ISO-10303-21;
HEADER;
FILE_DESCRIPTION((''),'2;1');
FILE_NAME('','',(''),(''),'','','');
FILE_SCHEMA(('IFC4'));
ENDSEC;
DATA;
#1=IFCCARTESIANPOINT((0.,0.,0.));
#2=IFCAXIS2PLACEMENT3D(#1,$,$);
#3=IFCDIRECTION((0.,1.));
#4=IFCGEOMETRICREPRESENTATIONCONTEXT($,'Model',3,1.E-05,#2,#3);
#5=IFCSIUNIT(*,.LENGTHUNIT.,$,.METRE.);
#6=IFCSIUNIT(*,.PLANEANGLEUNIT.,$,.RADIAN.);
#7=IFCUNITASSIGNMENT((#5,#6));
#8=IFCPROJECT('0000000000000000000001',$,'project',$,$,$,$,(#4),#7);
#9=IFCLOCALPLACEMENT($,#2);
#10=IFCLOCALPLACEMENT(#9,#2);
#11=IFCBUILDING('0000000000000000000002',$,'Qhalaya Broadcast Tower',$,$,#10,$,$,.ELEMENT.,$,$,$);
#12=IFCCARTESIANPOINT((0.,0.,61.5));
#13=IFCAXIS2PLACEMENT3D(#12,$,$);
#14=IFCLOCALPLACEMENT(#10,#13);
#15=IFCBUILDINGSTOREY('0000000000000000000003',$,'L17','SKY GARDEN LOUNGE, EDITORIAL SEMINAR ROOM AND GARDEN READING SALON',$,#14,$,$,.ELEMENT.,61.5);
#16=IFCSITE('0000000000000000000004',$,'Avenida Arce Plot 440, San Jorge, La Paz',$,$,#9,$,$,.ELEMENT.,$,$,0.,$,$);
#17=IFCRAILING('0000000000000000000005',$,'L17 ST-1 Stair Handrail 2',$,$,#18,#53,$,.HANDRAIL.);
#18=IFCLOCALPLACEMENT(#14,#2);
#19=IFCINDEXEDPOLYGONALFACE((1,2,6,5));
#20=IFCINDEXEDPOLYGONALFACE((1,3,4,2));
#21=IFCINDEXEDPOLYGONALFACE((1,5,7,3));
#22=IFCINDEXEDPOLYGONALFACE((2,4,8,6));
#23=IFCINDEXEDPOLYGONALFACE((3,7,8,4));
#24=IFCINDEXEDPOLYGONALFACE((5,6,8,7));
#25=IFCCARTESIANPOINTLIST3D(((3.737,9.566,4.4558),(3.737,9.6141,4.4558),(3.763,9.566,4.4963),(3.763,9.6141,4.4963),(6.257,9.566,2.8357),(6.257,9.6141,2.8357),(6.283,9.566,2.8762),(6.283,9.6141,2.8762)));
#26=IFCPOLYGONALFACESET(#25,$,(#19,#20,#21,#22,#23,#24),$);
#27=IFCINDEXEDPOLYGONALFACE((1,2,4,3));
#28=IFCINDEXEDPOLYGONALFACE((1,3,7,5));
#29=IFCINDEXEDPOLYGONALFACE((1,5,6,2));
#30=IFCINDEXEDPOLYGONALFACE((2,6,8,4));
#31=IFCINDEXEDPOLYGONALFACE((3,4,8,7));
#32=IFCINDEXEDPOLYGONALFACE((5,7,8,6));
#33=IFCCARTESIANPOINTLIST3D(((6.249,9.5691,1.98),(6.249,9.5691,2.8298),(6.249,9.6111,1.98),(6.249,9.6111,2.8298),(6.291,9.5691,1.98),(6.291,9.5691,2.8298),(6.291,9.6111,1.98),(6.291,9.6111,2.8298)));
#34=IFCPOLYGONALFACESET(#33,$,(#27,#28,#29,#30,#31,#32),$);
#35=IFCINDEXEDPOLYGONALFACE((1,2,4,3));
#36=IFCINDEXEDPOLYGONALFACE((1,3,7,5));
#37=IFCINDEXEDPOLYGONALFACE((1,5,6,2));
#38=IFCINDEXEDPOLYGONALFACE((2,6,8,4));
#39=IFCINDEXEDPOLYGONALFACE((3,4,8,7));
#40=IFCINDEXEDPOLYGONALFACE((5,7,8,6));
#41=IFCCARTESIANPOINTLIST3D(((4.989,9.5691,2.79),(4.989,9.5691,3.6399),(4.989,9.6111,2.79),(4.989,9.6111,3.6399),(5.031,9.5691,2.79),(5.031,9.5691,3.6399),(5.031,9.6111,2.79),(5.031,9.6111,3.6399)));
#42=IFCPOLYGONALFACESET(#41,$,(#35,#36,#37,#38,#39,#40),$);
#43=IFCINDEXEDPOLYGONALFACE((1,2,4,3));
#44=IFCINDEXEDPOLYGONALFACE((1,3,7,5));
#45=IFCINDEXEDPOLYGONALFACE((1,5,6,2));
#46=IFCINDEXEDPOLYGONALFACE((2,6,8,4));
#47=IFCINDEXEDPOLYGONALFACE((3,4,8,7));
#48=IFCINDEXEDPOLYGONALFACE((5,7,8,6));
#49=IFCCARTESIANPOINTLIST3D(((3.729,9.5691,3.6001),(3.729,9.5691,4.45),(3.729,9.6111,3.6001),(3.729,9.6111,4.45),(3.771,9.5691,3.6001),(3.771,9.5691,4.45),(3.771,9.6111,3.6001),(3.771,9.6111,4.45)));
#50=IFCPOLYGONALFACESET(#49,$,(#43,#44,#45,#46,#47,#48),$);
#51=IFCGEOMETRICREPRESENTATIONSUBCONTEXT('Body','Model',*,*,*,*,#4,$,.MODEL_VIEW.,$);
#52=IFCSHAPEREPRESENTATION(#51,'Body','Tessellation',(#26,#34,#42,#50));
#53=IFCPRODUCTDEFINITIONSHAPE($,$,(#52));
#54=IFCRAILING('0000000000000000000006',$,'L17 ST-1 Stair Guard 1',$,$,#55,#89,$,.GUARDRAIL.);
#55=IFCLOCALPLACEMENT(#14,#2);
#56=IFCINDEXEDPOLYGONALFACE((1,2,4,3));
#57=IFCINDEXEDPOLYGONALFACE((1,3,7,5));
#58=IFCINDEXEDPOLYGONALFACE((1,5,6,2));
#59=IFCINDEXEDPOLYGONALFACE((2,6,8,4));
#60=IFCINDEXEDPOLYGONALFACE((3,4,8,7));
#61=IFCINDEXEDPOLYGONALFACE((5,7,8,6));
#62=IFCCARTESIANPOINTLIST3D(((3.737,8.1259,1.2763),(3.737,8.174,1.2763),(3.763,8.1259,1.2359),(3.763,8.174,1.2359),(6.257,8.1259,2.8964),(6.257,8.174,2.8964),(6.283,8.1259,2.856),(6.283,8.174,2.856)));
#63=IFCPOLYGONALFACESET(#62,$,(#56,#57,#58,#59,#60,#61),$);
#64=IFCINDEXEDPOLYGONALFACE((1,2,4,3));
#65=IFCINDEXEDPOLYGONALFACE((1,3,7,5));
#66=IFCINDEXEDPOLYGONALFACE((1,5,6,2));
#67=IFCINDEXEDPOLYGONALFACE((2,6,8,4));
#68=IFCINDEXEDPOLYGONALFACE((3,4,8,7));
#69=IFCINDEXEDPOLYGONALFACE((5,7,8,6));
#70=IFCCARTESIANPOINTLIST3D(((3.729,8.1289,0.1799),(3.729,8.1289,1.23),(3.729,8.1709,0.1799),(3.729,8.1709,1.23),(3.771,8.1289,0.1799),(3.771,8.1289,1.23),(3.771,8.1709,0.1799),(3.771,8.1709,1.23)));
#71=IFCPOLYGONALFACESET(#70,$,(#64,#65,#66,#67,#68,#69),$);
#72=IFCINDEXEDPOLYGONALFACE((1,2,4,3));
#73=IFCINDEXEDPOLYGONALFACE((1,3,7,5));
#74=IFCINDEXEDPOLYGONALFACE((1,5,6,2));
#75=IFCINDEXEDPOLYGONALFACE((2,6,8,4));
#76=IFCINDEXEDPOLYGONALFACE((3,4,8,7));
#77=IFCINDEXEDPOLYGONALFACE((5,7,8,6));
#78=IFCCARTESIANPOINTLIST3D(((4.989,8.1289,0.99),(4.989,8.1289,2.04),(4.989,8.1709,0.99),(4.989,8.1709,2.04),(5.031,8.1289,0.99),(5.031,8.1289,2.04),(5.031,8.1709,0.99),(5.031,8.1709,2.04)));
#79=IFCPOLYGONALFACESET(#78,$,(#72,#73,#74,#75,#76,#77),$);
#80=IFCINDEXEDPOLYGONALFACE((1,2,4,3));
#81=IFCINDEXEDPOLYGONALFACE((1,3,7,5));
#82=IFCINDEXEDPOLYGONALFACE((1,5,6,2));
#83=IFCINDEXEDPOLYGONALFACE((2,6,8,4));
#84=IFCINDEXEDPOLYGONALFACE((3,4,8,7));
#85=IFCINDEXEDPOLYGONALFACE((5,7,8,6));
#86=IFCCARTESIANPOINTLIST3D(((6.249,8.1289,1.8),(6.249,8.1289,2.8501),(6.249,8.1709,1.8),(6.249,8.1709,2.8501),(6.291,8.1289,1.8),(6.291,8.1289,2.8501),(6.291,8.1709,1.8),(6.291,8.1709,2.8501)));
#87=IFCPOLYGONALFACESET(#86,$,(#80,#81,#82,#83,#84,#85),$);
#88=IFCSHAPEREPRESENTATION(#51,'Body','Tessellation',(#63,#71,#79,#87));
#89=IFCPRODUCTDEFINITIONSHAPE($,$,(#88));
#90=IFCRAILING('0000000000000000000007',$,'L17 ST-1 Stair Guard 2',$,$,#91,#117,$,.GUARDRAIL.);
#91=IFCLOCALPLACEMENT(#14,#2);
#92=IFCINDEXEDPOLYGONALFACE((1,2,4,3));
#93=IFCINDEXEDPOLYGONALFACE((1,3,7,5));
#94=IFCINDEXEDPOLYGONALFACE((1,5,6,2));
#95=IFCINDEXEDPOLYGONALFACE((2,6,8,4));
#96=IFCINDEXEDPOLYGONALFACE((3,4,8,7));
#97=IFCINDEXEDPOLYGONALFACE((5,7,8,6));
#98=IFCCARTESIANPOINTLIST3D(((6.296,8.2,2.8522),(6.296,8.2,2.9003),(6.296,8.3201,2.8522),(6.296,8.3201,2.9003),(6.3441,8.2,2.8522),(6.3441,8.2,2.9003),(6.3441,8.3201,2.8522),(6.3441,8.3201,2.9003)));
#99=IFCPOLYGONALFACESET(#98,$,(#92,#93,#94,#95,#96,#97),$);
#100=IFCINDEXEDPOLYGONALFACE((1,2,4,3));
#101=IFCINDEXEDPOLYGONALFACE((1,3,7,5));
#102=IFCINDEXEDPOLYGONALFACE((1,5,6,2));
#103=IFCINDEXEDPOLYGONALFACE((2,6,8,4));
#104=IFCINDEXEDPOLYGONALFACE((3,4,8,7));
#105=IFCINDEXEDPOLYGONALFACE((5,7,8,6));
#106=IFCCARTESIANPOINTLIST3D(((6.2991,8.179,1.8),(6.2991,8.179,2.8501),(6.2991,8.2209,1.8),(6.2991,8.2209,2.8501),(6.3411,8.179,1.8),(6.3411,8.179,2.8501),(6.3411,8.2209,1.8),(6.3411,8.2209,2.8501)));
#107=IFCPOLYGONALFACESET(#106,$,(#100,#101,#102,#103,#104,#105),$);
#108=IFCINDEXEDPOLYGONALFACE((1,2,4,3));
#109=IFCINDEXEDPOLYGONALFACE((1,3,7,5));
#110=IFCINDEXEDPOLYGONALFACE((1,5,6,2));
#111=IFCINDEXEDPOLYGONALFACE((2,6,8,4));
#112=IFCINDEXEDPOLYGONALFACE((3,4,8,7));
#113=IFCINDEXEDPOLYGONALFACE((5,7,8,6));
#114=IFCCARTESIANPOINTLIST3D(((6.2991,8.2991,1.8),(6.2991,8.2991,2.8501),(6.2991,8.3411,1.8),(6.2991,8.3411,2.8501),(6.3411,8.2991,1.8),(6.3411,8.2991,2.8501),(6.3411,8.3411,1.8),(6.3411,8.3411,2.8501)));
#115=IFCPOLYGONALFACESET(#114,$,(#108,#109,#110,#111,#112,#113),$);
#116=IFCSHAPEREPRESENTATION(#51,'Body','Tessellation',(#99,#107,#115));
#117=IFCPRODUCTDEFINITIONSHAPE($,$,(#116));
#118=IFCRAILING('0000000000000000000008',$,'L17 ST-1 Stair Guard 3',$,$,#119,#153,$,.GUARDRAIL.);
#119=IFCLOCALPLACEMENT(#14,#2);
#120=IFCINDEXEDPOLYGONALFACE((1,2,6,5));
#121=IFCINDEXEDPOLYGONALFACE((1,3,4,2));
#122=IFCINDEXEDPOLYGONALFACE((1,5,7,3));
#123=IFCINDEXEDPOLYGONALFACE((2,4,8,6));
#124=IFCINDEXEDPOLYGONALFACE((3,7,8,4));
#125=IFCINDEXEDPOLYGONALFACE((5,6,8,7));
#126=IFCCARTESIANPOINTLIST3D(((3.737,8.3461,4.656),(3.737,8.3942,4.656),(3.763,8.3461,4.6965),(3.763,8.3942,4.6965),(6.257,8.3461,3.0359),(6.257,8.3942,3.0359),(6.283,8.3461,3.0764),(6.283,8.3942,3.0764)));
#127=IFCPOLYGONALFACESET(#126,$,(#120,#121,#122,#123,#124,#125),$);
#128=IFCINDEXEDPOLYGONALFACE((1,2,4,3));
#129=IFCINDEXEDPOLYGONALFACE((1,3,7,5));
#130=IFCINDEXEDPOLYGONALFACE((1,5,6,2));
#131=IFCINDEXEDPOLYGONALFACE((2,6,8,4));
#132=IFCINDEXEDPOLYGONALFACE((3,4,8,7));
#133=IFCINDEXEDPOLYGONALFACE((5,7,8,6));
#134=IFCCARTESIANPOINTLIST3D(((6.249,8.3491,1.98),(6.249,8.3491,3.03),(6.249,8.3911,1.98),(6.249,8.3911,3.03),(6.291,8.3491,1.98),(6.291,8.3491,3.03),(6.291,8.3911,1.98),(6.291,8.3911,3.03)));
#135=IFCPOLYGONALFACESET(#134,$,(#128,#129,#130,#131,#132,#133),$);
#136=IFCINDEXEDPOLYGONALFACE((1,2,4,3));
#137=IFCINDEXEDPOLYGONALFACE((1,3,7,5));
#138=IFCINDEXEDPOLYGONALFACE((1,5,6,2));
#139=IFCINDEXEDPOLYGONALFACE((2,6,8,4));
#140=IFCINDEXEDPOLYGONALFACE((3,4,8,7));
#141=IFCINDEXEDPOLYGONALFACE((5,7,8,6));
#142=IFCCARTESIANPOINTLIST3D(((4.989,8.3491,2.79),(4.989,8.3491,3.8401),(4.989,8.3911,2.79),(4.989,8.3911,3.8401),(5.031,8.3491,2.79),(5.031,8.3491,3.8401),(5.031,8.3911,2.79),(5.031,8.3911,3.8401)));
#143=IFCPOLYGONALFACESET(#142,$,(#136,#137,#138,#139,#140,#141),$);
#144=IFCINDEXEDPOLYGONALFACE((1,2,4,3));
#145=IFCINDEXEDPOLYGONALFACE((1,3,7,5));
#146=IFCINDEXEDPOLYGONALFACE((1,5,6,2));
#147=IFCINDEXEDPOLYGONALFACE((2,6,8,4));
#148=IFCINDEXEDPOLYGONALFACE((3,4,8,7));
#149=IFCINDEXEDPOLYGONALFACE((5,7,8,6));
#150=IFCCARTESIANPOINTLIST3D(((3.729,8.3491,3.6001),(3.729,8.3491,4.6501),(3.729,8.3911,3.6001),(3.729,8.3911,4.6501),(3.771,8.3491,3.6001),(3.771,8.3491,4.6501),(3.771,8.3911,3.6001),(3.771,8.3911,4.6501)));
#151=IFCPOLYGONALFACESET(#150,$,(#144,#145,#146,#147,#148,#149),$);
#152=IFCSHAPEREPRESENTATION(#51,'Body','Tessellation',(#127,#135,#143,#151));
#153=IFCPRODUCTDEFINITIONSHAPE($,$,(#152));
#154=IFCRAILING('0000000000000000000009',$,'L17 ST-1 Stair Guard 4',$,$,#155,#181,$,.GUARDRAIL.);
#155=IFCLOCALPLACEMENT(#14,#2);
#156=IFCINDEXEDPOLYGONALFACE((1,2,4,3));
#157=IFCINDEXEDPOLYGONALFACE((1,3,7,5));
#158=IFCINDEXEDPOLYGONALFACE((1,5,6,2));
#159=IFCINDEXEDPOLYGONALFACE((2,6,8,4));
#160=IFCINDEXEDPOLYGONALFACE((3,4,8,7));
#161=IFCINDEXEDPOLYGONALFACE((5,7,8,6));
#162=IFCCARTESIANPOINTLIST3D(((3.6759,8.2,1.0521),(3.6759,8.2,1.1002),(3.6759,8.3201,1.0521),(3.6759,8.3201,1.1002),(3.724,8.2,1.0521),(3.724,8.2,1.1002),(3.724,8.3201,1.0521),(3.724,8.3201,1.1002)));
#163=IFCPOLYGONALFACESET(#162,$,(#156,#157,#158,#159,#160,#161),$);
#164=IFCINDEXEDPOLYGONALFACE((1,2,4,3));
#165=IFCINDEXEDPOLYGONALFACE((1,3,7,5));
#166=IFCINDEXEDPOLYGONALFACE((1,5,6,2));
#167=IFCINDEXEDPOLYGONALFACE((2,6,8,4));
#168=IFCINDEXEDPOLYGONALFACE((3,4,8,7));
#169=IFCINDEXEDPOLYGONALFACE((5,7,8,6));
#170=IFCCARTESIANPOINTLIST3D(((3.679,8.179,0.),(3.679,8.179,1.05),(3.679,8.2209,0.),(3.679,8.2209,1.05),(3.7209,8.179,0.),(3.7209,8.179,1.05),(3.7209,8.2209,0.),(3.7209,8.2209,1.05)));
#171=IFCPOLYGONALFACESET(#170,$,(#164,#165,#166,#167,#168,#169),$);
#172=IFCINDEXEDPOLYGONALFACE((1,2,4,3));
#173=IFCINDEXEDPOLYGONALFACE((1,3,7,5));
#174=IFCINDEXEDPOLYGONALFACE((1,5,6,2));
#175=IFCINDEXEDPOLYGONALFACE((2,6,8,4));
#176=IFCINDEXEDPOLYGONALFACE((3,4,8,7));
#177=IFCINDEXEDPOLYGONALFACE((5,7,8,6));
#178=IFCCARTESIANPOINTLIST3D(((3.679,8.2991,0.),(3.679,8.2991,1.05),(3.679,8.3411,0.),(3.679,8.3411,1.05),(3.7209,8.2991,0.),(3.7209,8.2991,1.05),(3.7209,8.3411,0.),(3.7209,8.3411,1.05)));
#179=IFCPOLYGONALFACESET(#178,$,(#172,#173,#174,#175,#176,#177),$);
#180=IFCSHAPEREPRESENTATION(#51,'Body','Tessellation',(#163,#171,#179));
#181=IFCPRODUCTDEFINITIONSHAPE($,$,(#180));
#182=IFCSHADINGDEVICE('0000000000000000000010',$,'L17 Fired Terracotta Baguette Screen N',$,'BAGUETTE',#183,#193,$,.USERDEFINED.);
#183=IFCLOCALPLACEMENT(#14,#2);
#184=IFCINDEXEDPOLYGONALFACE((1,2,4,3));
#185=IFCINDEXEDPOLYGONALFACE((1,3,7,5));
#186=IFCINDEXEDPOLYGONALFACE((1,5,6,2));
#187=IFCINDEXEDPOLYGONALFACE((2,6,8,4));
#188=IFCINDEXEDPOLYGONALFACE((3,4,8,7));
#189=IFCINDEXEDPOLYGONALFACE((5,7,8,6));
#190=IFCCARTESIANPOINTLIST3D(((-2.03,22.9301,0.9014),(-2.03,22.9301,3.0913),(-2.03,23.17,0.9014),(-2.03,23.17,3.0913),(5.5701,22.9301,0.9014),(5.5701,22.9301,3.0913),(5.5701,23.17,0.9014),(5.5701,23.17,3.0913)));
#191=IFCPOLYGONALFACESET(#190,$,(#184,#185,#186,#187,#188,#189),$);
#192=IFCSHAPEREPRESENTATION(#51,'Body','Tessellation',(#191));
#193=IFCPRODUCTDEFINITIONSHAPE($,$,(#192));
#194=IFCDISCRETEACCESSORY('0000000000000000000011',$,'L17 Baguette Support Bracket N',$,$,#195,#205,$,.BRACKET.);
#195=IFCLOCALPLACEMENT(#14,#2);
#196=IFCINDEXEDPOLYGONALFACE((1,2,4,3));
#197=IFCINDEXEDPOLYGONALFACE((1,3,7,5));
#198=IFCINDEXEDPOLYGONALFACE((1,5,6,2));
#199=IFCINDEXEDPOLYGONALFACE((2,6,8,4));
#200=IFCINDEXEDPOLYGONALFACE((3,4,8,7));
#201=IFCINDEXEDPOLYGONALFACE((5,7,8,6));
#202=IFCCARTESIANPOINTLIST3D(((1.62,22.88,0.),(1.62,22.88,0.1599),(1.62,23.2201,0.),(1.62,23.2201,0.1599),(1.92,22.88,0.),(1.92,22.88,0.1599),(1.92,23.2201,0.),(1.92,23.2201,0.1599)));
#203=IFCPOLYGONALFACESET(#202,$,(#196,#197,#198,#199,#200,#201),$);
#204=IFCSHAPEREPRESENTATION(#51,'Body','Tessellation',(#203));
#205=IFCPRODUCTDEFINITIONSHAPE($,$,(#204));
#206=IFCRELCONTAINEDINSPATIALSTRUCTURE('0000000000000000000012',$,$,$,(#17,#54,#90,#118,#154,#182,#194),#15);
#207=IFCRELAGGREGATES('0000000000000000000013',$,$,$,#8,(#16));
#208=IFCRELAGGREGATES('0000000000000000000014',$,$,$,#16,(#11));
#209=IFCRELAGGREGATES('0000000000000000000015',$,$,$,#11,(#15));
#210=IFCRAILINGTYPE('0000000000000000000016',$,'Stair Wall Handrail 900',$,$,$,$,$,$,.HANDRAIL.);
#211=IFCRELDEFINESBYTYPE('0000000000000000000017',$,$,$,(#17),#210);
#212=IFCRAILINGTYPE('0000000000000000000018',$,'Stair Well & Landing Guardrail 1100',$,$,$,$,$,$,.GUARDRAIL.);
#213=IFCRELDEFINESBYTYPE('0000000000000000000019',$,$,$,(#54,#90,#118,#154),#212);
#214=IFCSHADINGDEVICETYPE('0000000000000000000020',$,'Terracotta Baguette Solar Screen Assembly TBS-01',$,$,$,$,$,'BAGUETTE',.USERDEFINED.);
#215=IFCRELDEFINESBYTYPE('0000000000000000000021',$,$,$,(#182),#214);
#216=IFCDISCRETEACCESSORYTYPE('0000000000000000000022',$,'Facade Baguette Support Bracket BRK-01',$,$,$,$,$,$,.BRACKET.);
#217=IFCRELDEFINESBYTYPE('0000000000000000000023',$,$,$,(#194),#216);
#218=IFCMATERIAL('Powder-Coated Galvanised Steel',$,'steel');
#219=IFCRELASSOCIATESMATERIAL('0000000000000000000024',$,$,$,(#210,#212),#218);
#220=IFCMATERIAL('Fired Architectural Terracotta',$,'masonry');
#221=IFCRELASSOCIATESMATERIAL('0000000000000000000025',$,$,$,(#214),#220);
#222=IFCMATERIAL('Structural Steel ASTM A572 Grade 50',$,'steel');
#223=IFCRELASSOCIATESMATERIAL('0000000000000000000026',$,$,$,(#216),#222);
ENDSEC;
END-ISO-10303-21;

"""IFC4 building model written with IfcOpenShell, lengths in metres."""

from ifc_helpers import new_model, si_unit, direction, frame, origin, origin_2d, place, context, subcontext, project, spatial, rectangle, extrude, material, type_object, element, save


model = new_model("IFC4")

# Units and contexts
model_context = context("Model", 3, precision=1e-05, world=origin(), true_north=direction((0.0, 1.0)))
body_context = subcontext(model_context, "Body", "Model", "MODEL_VIEW")
ifc_project = project(units=[si_unit("LENGTHUNIT", "METRE"), si_unit("PLANEANGLEUNIT", "RADIAN")], contexts=[model_context])

# Site, building, storey
site_placement = place(None, origin())
site = spatial("IfcSite", under=ifc_project, at=site_placement, Name="Avenida Arce Plot 440, San Jorge, La Paz", CompositionType="ELEMENT", RefElevation=0.0)
building_placement = place(site_placement, origin())
building = spatial("IfcBuilding", under=site, at=building_placement, Name="Qhalaya Broadcast Tower", CompositionType="ELEMENT")
storey_placement = place(building_placement, frame((0.0, 0.0, 61.5)))
storey = spatial("IfcBuildingStorey", under=building, at=storey_placement, Name="L17", Description="SKY GARDEN LOUNGE, EDITORIAL SEMINAR ROOM AND GARDEN READING SALON", CompositionType="ELEMENT", Elevation=61.5)

# Shared definitions
ifc_material_1 = material(Name="Structural Steel ASTM A572 Grade 50", Category="steel")

# Railings
ifc_material_2 = material(Name="Powder-Coated Galvanised Steel", Category="steel")
railing_type_1 = type_object("IfcRailingType", Name="Stair Wall Handrail 900", PredefinedType="HANDRAIL", material=ifc_material_2)
railing_1_placement = place(storey_placement, frame((6.27, 9.5901, 1.98)))
element("IfcRailing", 1, at=railing_1_placement, inside=storey, type_object=railing_type_1, Name="L17 ST-1 Stair Handrail 2", PredefinedType="HANDRAIL", context=body_context, shape_type="SweptSolid", body=[
    extrude(rectangle(XDim=0.0481, YDim=0.0481, at=origin_2d()), frame((0.0, 0.0, 0.876), z_axis=(-0.841163, 0.0, 0.540782), x_axis=(0.0, -1.0, 0.0)), (0.0, 0.0, 1.0), 2.9958),
    extrude(rectangle(XDim=0.042, YDim=0.042, at=origin_2d()), origin(), (0.0, 0.0, 1.0), 0.8499),
    extrude(rectangle(XDim=0.042, YDim=0.042, at=origin_2d()), frame((-1.26, 0.0, 0.8101)), (0.0, 0.0, 1.0), 0.8499),
    extrude(rectangle(XDim=0.042, YDim=0.042, at=origin_2d()), frame((-2.52, 0.0, 1.6201)), (0.0, 0.0, 1.0), 0.8499),
])
railing_type_2 = type_object("IfcRailingType", Name="Stair Well & Landing Guardrail 1100", PredefinedType="GUARDRAIL", material=ifc_material_2)
railing_2_placement = place(storey_placement, frame((3.75, 8.1499, 0.1799)))
element("IfcRailing", 2, at=railing_2_placement, inside=storey, type_object=railing_type_2, Name="L17 ST-1 Stair Guard 1", PredefinedType="GUARDRAIL", context=body_context, shape_type="SweptSolid", body=[
    extrude(rectangle(XDim=0.0481, YDim=0.0481, at=origin_2d()), frame((0.0, 0.0, 1.0762), z_axis=(0.841163, 0.0, 0.540782), x_axis=(0.0, 1.0, 0.0)), (0.0, 0.0, 1.0), 2.9958),
    extrude(rectangle(XDim=0.042, YDim=0.042, at=origin_2d()), origin(), (0.0, 0.0, 1.0), 1.05),
    extrude(rectangle(XDim=0.042, YDim=0.042, at=origin_2d()), frame((1.26, 0.0, 0.8101)), (0.0, 0.0, 1.0), 1.05),
    extrude(rectangle(XDim=0.042, YDim=0.042, at=origin_2d()), frame((2.52, 0.0, 1.6201)), (0.0, 0.0, 1.0), 1.05),
])
railing_3_placement = place(storey_placement, frame((6.3201, 8.2, 1.8)))
element("IfcRailing", 3, at=railing_3_placement, inside=storey, type_object=railing_type_2, Name="L17 ST-1 Stair Guard 2", PredefinedType="GUARDRAIL", context=body_context, shape_type="SweptSolid", body=[
    extrude(rectangle(XDim=0.0481, YDim=0.0481, at=origin_2d()), frame((0.0, 0.0, 1.0762), z_axis=(0.0, 1.0, 0.0), x_axis=(-1.0, 0.0, 0.0)), (0.0, 0.0, 1.0), 0.1201),
    extrude(rectangle(XDim=0.042, YDim=0.042, at=origin_2d()), origin(), (0.0, 0.0, 1.0), 1.05),
    extrude(rectangle(XDim=0.042, YDim=0.042, at=origin_2d()), frame((0.0, 0.1201, 0.0)), (0.0, 0.0, 1.0), 1.05),
])
railing_4_placement = place(storey_placement, frame((6.27, 8.3701, 1.98)))
element("IfcRailing", 4, at=railing_4_placement, inside=storey, type_object=railing_type_2, Name="L17 ST-1 Stair Guard 3", PredefinedType="GUARDRAIL", context=body_context, shape_type="SweptSolid", body=[
    extrude(rectangle(XDim=0.0481, YDim=0.0481, at=origin_2d()), frame((0.0, 0.0, 1.0762), z_axis=(-0.841163, 0.0, 0.540782), x_axis=(0.0, -1.0, 0.0)), (0.0, 0.0, 1.0), 2.9958),
    extrude(rectangle(XDim=0.042, YDim=0.042, at=origin_2d()), origin(), (0.0, 0.0, 1.0), 1.05),
    extrude(rectangle(XDim=0.042, YDim=0.042, at=origin_2d()), frame((-1.26, 0.0, 0.8101)), (0.0, 0.0, 1.0), 1.05),
    extrude(rectangle(XDim=0.042, YDim=0.042, at=origin_2d()), frame((-2.52, 0.0, 1.6201)), (0.0, 0.0, 1.0), 1.05),
])
railing_5_placement = place(storey_placement, frame((3.7, 8.2, 0.0)))
element("IfcRailing", 5, at=railing_5_placement, inside=storey, type_object=railing_type_2, Name="L17 ST-1 Stair Guard 4", PredefinedType="GUARDRAIL", context=body_context, shape_type="SweptSolid", body=[
    extrude(rectangle(XDim=0.0481, YDim=0.0481, at=origin_2d()), frame((0.0, 0.0, 1.0762), z_axis=(0.0, 1.0, 0.0), x_axis=(-1.0, 0.0, 0.0)), (0.0, 0.0, 1.0), 0.1201),
    extrude(rectangle(XDim=0.042, YDim=0.042, at=origin_2d()), origin(), (0.0, 0.0, 1.0), 1.05),
    extrude(rectangle(XDim=0.042, YDim=0.042, at=origin_2d()), frame((0.0, 0.1201, 0.0)), (0.0, 0.0, 1.0), 1.05),
])

# Shading device
ifc_material_3 = material(Name="Fired Architectural Terracotta", Category="masonry")
shading_device_type = type_object("IfcShadingDeviceType", Name="Terracotta Baguette Solar Screen Assembly TBS-01", ElementType="BAGUETTE", PredefinedType="USERDEFINED", material=ifc_material_3)
shading_device_placement = place(storey_placement, frame((1.77, 23.05, 0.9014), z_axis=(0.0, 0.0, 1.0), x_axis=(-1.0, 0.0, 0.0)))
element("IfcShadingDevice", 6, at=shading_device_placement, inside=storey, type_object=shading_device_type, Name="L17 Fired Terracotta Baguette Screen N", ObjectType="BAGUETTE", PredefinedType="USERDEFINED", context=body_context, shape_type="SweptSolid", body=[
    extrude(rectangle(XDim=7.6001, YDim=0.24, at=origin_2d()), origin(), (0.0, 0.0, 1.0), 2.1899),
])

# Discrete accessory
discrete_accessory_type = type_object("IfcDiscreteAccessoryType", Name="Facade Baguette Support Bracket BRK-01", PredefinedType="BRACKET", material=ifc_material_1)
discrete_accessory_placement = place(storey_placement, frame((1.77, 23.05, 0.0), z_axis=(0.0, 0.0, 1.0), x_axis=(-1.0, 0.0, 0.0)))
element("IfcDiscreteAccessory", 7, at=discrete_accessory_placement, inside=storey, type_object=discrete_accessory_type, Name="L17 Baguette Support Bracket N", PredefinedType="BRACKET", context=body_context, shape_type="SweptSolid", body=[
    extrude(rectangle(XDim=0.3, YDim=0.3401, at=origin_2d()), origin(), (0.0, 0.0, 1.0), 0.1599),
])

save(model, "model.ifc")
